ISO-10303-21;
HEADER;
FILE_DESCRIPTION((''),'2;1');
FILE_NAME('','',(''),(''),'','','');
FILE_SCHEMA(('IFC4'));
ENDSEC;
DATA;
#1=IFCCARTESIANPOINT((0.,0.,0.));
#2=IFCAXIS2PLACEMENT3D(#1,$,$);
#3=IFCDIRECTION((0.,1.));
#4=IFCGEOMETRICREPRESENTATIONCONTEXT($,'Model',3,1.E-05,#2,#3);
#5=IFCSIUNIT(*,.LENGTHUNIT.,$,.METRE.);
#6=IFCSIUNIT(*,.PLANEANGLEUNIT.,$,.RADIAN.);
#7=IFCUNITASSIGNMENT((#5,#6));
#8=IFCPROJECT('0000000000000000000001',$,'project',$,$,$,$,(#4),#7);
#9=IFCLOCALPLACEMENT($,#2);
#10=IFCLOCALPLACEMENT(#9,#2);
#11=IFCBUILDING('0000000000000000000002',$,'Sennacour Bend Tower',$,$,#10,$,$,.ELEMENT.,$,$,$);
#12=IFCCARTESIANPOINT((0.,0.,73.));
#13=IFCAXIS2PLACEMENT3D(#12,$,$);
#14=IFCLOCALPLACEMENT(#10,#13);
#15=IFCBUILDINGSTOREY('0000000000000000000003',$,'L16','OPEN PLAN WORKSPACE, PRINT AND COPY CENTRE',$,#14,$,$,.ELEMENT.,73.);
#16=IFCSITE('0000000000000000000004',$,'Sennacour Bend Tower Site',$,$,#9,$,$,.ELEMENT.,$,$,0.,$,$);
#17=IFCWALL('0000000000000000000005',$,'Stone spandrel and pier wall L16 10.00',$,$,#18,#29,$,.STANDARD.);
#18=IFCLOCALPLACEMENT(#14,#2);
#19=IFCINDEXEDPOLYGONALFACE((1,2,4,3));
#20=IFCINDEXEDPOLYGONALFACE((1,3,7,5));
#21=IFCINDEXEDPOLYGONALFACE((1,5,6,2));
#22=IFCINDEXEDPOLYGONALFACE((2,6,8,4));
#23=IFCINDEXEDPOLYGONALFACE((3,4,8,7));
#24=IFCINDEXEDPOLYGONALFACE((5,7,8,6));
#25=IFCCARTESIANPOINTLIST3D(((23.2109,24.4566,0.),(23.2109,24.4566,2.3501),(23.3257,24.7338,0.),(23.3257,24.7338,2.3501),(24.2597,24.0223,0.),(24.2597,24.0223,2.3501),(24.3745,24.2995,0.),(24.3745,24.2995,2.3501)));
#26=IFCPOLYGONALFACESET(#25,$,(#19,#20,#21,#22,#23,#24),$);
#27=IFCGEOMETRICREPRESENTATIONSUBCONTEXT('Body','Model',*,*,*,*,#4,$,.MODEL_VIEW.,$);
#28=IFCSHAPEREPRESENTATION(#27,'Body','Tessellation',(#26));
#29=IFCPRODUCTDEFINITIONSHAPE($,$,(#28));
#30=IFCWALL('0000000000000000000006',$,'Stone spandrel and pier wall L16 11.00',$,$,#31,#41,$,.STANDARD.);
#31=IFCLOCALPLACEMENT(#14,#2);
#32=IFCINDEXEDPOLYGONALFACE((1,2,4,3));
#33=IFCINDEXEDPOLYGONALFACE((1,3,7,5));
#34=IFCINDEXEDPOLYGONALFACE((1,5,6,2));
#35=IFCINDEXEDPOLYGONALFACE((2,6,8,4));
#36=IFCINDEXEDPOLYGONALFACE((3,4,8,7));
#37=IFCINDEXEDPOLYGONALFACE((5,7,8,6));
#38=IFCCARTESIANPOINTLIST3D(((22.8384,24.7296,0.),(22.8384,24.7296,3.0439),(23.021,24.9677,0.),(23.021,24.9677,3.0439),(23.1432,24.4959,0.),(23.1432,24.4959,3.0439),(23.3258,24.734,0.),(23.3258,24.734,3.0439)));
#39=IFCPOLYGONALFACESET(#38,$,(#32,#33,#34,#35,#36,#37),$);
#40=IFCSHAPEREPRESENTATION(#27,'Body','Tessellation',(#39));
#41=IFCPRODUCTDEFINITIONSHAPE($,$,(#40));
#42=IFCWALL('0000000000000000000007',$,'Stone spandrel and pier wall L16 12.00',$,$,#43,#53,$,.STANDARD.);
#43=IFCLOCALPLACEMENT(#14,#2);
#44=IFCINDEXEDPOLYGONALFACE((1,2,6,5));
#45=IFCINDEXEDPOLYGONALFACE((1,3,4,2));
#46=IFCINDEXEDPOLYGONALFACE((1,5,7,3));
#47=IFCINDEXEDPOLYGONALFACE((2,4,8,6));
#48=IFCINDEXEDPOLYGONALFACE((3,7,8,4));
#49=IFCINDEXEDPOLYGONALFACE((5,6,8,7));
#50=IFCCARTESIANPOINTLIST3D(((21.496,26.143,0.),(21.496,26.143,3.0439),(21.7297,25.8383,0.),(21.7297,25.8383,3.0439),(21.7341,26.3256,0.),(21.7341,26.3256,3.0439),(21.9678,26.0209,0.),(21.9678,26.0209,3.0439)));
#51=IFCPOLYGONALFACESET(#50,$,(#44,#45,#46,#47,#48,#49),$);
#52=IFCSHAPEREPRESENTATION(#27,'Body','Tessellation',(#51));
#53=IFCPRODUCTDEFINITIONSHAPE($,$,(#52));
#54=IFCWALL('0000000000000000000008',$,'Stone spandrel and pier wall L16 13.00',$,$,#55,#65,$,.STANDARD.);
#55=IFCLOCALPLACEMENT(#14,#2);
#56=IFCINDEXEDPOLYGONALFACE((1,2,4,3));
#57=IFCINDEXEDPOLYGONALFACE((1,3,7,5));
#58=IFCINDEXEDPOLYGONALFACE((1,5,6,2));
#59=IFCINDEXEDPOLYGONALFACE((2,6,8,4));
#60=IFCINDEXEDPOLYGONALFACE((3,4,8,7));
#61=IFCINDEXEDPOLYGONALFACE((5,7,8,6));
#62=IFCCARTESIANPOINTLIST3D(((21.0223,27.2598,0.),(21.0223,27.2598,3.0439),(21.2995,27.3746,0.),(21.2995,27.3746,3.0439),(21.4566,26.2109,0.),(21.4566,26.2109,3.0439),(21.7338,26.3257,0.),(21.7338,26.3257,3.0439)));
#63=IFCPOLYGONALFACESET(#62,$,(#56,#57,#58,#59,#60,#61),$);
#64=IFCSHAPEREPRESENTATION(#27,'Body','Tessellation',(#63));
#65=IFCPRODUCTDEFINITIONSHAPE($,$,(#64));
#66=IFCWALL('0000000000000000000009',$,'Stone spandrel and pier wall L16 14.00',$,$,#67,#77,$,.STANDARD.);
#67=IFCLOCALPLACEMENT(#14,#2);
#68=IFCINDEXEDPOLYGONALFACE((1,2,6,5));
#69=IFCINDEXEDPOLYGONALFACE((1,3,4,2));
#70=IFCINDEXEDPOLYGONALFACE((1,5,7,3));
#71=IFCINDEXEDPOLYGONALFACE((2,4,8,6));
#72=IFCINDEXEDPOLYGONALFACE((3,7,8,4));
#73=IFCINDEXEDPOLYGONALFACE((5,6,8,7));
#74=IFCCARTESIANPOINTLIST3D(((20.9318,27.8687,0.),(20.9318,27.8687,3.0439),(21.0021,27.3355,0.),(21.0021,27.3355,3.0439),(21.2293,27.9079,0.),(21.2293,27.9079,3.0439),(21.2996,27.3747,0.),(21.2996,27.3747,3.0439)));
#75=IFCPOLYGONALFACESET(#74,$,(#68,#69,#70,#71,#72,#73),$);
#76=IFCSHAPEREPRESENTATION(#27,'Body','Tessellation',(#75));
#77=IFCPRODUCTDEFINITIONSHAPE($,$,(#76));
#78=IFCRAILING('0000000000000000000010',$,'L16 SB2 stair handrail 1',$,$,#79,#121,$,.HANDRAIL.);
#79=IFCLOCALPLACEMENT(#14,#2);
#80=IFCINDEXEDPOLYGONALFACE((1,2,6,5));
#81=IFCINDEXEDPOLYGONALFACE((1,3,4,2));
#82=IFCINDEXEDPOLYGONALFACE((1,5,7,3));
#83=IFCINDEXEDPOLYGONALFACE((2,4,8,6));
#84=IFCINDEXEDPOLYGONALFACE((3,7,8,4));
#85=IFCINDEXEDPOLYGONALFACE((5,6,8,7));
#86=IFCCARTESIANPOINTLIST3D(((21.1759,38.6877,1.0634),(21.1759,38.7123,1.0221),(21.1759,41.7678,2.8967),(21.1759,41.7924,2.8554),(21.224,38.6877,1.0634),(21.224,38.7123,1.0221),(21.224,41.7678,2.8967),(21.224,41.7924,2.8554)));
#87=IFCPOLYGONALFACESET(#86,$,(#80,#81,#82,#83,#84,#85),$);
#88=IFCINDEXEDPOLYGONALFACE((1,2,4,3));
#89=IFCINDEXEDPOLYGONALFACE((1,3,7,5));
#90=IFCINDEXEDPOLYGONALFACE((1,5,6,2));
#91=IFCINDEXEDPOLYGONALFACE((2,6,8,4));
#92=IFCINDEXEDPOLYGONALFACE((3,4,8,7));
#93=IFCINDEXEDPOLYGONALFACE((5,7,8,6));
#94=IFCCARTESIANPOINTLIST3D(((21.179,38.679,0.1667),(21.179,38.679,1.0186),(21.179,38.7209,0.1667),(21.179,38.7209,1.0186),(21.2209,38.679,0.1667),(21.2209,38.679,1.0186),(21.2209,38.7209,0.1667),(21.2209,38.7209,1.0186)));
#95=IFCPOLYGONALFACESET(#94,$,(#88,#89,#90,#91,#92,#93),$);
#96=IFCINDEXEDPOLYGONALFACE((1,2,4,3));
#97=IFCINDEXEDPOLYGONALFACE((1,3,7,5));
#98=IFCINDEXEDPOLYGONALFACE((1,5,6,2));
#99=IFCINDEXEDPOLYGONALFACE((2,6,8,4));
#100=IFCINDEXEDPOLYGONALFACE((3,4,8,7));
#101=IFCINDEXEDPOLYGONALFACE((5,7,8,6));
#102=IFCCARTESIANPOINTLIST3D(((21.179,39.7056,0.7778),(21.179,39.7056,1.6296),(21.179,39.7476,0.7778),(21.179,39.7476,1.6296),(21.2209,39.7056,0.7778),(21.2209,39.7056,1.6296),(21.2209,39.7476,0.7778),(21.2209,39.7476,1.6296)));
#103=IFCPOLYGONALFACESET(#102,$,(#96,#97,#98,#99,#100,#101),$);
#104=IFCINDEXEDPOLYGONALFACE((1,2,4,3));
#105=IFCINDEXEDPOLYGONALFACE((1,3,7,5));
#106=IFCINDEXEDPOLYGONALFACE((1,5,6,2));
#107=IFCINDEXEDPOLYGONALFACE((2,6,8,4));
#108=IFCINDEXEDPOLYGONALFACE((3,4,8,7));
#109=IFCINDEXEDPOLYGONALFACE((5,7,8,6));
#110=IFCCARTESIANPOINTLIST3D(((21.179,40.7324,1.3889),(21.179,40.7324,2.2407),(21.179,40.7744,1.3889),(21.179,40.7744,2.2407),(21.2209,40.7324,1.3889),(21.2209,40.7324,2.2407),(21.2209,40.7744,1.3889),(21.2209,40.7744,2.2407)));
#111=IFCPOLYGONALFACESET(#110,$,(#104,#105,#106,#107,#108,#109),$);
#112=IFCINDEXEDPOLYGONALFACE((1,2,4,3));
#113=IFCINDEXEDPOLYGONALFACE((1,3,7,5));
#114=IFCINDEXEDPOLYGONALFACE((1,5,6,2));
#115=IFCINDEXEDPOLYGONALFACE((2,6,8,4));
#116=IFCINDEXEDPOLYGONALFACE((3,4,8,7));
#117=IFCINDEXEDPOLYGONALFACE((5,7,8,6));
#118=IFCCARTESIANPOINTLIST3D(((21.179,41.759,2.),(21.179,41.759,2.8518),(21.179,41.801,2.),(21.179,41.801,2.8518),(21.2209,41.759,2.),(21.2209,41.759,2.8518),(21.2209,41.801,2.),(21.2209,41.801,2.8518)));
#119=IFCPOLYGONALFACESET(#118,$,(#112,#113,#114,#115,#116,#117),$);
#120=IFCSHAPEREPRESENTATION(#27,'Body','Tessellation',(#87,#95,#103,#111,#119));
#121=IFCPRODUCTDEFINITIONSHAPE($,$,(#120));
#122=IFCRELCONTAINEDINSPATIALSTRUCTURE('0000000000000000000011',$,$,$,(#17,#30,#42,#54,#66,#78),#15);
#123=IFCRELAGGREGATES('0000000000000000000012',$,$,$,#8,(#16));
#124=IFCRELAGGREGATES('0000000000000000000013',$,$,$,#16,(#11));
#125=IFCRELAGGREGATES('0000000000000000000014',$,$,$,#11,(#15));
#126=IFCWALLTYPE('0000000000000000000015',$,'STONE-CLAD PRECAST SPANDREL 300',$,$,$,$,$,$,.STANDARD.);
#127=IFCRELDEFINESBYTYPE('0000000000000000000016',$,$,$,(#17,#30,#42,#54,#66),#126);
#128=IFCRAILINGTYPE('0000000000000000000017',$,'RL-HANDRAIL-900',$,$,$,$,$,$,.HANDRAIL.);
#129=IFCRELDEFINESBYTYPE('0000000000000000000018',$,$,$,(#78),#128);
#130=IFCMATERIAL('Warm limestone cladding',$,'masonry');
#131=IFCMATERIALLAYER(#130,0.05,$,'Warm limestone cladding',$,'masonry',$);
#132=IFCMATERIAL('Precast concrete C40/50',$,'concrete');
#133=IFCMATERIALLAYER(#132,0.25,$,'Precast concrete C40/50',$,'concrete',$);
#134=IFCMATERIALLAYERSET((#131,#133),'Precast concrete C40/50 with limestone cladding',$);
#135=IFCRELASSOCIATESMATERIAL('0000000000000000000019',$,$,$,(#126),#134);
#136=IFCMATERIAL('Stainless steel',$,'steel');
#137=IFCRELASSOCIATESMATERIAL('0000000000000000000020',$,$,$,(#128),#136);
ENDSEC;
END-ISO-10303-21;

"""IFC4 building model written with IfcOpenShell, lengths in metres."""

from ifc_helpers import new_model, si_unit, direction, frame, frame_2d, origin, origin_2d, place, context, subcontext, project, spatial, rectangle, extrude, material, layer, layer_set, type_object, element, save


model = new_model("IFC4")

# Units and contexts
model_context = context("Model", 3, precision=1e-05, world=origin(), true_north=direction((0.0, 1.0)))
body_context = subcontext(model_context, "Body", "Model", "MODEL_VIEW")
ifc_project = project(units=[si_unit("LENGTHUNIT", "METRE"), si_unit("PLANEANGLEUNIT", "RADIAN")], contexts=[model_context])

# Site, building, storey
site_placement = place(None, origin())
site = spatial("IfcSite", under=ifc_project, at=site_placement, Name="Sennacour Bend Tower Site", CompositionType="ELEMENT", RefElevation=0.0)
building_placement = place(site_placement, origin())
building = spatial("IfcBuilding", under=site, at=building_placement, Name="Sennacour Bend Tower", CompositionType="ELEMENT")
storey_placement = place(building_placement, frame((0.0, 0.0, 73.0)))
storey = spatial("IfcBuildingStorey", under=building, at=storey_placement, Name="L16", Description="OPEN PLAN WORKSPACE, PRINT AND COPY CENTRE", CompositionType="ELEMENT", Elevation=73.0)

# Shared definitions
ifc_material_1 = material(Name="Warm limestone cladding", Category="masonry")
ifc_layer_1 = layer(ifc_material_1, 0.05, Name="Warm limestone cladding", Category="masonry")
ifc_material_2 = material(Name="Precast concrete C40/50", Category="concrete")
ifc_layer_2 = layer(ifc_material_2, 0.25, Name="Precast concrete C40/50", Category="concrete")
ifc_layer_set_1 = layer_set([ifc_layer_1, ifc_layer_2], Name="Precast concrete C40/50 with limestone cladding")
wall_type_1 = type_object("IfcWallType", Name="STONE-CLAD PRECAST SPANDREL 300", PredefinedType="STANDARD", material=ifc_layer_set_1)

# Walls
wall_1_placement = place(storey_placement, frame((24.3171, 24.1609, 0.0), z_axis=(0.0, 0.0, 1.0), x_axis=(-0.923915, 0.382599, 0.0)))
element("IfcWall", 1, at=wall_1_placement, inside=storey, type_object=wall_type_1, Name="Stone spandrel and pier wall L16 10.00", PredefinedType="STANDARD", context=body_context, shape_type="SweptSolid", body=[
    extrude(rectangle(XDim=1.1353, YDim=0.3, at=frame_2d((0.5676, 0.0))), origin(), (0.0, 0.0, 1.0), 2.3501),
])
for number, where, z_axis, x_axis, name in (
    (2, (23.2344, 24.615, 0.0), (0.0, 0.0, 1.0), (-0.793545, 0.608512, 0.0), "Stone spandrel and pier wall L16 11.00"),
    (3, (21.8486, 25.9297, 0.0), (0.0, 0.0, 1.0), (-0.608512, 0.793545, 0.0), "Stone spandrel and pier wall L16 12.00"),
):
    element("IfcWall", number, at=place(storey_placement, frame(where, z_axis=z_axis, x_axis=x_axis)), inside=storey, type_object=wall_type_1, Name=name, PredefinedType="STANDARD", context=body_context, shape_type="SweptSolid", body=[
        extrude(rectangle(XDim=0.384, YDim=0.3, at=frame_2d((0.1919, 0.0))), origin(), (0.0, 0.0, 1.0), 3.0439),
    ])
wall_2_placement = place(storey_placement, frame((21.5952, 26.2683, 0.0), z_axis=(0.0, 0.0, 1.0), x_axis=(-0.382599, 0.923915, 0.0)))
element("IfcWall", 4, at=wall_2_placement, inside=storey, type_object=wall_type_1, Name="Stone spandrel and pier wall L16 13.00", PredefinedType="STANDARD", context=body_context, shape_type="SweptSolid", body=[
    extrude(rectangle(XDim=1.1353, YDim=0.3, at=frame_2d((0.5676, 0.0))), origin(), (0.0, 0.0, 1.0), 3.0439),
])
wall_3_placement = place(storey_placement, frame((21.1509, 27.355, 0.0), z_axis=(0.0, 0.0, 1.0), x_axis=(-0.130736, 0.991417, 0.0)))
element("IfcWall", 5, at=wall_3_placement, inside=storey, type_object=wall_type_1, Name="Stone spandrel and pier wall L16 14.00", PredefinedType="STANDARD", context=body_context, shape_type="SweptSolid", body=[
    extrude(rectangle(XDim=0.5378, YDim=0.3, at=frame_2d((0.269, 0.0))), origin(), (0.0, 0.0, 1.0), 3.0439),
])

# Railing
ifc_material_3 = material(Name="Stainless steel", Category="steel")
railing_type = type_object("IfcRailingType", Name="RL-HANDRAIL-900", PredefinedType="HANDRAIL", material=ifc_material_3)
railing_placement = place(storey_placement, frame((21.2, 38.7, 0.1667)))
element("IfcRailing", 6, at=railing_placement, inside=storey, type_object=railing_type, Name="L16 SB2 stair handrail 1", PredefinedType="HANDRAIL", context=body_context, shape_type="SweptSolid", body=[
    extrude(rectangle(XDim=0.0481, YDim=0.0481, at=origin_2d()), frame((0.0, 0.0, 0.876), z_axis=(0.0, 0.859309, 0.511458), x_axis=(-1.0, 0.0, 0.0)), (0.0, 0.0, 1.0), 3.5845),
    extrude(rectangle(XDim=0.042, YDim=0.042, at=origin_2d()), origin(), (0.0, 0.0, 1.0), 0.8518),
    extrude(rectangle(XDim=0.042, YDim=0.042, at=origin_2d()), frame((0.0, 1.0266, 0.6111)), (0.0, 0.0, 1.0), 0.8518),
    extrude(rectangle(XDim=0.042, YDim=0.042, at=origin_2d()), frame((0.0, 2.0535, 1.2222)), (0.0, 0.0, 1.0), 0.8518),
    extrude(rectangle(XDim=0.042, YDim=0.042, at=origin_2d()), frame((0.0, 3.0801, 1.8333)), (0.0, 0.0, 1.0), 0.8518),
])

save(model, "model.ifc")
